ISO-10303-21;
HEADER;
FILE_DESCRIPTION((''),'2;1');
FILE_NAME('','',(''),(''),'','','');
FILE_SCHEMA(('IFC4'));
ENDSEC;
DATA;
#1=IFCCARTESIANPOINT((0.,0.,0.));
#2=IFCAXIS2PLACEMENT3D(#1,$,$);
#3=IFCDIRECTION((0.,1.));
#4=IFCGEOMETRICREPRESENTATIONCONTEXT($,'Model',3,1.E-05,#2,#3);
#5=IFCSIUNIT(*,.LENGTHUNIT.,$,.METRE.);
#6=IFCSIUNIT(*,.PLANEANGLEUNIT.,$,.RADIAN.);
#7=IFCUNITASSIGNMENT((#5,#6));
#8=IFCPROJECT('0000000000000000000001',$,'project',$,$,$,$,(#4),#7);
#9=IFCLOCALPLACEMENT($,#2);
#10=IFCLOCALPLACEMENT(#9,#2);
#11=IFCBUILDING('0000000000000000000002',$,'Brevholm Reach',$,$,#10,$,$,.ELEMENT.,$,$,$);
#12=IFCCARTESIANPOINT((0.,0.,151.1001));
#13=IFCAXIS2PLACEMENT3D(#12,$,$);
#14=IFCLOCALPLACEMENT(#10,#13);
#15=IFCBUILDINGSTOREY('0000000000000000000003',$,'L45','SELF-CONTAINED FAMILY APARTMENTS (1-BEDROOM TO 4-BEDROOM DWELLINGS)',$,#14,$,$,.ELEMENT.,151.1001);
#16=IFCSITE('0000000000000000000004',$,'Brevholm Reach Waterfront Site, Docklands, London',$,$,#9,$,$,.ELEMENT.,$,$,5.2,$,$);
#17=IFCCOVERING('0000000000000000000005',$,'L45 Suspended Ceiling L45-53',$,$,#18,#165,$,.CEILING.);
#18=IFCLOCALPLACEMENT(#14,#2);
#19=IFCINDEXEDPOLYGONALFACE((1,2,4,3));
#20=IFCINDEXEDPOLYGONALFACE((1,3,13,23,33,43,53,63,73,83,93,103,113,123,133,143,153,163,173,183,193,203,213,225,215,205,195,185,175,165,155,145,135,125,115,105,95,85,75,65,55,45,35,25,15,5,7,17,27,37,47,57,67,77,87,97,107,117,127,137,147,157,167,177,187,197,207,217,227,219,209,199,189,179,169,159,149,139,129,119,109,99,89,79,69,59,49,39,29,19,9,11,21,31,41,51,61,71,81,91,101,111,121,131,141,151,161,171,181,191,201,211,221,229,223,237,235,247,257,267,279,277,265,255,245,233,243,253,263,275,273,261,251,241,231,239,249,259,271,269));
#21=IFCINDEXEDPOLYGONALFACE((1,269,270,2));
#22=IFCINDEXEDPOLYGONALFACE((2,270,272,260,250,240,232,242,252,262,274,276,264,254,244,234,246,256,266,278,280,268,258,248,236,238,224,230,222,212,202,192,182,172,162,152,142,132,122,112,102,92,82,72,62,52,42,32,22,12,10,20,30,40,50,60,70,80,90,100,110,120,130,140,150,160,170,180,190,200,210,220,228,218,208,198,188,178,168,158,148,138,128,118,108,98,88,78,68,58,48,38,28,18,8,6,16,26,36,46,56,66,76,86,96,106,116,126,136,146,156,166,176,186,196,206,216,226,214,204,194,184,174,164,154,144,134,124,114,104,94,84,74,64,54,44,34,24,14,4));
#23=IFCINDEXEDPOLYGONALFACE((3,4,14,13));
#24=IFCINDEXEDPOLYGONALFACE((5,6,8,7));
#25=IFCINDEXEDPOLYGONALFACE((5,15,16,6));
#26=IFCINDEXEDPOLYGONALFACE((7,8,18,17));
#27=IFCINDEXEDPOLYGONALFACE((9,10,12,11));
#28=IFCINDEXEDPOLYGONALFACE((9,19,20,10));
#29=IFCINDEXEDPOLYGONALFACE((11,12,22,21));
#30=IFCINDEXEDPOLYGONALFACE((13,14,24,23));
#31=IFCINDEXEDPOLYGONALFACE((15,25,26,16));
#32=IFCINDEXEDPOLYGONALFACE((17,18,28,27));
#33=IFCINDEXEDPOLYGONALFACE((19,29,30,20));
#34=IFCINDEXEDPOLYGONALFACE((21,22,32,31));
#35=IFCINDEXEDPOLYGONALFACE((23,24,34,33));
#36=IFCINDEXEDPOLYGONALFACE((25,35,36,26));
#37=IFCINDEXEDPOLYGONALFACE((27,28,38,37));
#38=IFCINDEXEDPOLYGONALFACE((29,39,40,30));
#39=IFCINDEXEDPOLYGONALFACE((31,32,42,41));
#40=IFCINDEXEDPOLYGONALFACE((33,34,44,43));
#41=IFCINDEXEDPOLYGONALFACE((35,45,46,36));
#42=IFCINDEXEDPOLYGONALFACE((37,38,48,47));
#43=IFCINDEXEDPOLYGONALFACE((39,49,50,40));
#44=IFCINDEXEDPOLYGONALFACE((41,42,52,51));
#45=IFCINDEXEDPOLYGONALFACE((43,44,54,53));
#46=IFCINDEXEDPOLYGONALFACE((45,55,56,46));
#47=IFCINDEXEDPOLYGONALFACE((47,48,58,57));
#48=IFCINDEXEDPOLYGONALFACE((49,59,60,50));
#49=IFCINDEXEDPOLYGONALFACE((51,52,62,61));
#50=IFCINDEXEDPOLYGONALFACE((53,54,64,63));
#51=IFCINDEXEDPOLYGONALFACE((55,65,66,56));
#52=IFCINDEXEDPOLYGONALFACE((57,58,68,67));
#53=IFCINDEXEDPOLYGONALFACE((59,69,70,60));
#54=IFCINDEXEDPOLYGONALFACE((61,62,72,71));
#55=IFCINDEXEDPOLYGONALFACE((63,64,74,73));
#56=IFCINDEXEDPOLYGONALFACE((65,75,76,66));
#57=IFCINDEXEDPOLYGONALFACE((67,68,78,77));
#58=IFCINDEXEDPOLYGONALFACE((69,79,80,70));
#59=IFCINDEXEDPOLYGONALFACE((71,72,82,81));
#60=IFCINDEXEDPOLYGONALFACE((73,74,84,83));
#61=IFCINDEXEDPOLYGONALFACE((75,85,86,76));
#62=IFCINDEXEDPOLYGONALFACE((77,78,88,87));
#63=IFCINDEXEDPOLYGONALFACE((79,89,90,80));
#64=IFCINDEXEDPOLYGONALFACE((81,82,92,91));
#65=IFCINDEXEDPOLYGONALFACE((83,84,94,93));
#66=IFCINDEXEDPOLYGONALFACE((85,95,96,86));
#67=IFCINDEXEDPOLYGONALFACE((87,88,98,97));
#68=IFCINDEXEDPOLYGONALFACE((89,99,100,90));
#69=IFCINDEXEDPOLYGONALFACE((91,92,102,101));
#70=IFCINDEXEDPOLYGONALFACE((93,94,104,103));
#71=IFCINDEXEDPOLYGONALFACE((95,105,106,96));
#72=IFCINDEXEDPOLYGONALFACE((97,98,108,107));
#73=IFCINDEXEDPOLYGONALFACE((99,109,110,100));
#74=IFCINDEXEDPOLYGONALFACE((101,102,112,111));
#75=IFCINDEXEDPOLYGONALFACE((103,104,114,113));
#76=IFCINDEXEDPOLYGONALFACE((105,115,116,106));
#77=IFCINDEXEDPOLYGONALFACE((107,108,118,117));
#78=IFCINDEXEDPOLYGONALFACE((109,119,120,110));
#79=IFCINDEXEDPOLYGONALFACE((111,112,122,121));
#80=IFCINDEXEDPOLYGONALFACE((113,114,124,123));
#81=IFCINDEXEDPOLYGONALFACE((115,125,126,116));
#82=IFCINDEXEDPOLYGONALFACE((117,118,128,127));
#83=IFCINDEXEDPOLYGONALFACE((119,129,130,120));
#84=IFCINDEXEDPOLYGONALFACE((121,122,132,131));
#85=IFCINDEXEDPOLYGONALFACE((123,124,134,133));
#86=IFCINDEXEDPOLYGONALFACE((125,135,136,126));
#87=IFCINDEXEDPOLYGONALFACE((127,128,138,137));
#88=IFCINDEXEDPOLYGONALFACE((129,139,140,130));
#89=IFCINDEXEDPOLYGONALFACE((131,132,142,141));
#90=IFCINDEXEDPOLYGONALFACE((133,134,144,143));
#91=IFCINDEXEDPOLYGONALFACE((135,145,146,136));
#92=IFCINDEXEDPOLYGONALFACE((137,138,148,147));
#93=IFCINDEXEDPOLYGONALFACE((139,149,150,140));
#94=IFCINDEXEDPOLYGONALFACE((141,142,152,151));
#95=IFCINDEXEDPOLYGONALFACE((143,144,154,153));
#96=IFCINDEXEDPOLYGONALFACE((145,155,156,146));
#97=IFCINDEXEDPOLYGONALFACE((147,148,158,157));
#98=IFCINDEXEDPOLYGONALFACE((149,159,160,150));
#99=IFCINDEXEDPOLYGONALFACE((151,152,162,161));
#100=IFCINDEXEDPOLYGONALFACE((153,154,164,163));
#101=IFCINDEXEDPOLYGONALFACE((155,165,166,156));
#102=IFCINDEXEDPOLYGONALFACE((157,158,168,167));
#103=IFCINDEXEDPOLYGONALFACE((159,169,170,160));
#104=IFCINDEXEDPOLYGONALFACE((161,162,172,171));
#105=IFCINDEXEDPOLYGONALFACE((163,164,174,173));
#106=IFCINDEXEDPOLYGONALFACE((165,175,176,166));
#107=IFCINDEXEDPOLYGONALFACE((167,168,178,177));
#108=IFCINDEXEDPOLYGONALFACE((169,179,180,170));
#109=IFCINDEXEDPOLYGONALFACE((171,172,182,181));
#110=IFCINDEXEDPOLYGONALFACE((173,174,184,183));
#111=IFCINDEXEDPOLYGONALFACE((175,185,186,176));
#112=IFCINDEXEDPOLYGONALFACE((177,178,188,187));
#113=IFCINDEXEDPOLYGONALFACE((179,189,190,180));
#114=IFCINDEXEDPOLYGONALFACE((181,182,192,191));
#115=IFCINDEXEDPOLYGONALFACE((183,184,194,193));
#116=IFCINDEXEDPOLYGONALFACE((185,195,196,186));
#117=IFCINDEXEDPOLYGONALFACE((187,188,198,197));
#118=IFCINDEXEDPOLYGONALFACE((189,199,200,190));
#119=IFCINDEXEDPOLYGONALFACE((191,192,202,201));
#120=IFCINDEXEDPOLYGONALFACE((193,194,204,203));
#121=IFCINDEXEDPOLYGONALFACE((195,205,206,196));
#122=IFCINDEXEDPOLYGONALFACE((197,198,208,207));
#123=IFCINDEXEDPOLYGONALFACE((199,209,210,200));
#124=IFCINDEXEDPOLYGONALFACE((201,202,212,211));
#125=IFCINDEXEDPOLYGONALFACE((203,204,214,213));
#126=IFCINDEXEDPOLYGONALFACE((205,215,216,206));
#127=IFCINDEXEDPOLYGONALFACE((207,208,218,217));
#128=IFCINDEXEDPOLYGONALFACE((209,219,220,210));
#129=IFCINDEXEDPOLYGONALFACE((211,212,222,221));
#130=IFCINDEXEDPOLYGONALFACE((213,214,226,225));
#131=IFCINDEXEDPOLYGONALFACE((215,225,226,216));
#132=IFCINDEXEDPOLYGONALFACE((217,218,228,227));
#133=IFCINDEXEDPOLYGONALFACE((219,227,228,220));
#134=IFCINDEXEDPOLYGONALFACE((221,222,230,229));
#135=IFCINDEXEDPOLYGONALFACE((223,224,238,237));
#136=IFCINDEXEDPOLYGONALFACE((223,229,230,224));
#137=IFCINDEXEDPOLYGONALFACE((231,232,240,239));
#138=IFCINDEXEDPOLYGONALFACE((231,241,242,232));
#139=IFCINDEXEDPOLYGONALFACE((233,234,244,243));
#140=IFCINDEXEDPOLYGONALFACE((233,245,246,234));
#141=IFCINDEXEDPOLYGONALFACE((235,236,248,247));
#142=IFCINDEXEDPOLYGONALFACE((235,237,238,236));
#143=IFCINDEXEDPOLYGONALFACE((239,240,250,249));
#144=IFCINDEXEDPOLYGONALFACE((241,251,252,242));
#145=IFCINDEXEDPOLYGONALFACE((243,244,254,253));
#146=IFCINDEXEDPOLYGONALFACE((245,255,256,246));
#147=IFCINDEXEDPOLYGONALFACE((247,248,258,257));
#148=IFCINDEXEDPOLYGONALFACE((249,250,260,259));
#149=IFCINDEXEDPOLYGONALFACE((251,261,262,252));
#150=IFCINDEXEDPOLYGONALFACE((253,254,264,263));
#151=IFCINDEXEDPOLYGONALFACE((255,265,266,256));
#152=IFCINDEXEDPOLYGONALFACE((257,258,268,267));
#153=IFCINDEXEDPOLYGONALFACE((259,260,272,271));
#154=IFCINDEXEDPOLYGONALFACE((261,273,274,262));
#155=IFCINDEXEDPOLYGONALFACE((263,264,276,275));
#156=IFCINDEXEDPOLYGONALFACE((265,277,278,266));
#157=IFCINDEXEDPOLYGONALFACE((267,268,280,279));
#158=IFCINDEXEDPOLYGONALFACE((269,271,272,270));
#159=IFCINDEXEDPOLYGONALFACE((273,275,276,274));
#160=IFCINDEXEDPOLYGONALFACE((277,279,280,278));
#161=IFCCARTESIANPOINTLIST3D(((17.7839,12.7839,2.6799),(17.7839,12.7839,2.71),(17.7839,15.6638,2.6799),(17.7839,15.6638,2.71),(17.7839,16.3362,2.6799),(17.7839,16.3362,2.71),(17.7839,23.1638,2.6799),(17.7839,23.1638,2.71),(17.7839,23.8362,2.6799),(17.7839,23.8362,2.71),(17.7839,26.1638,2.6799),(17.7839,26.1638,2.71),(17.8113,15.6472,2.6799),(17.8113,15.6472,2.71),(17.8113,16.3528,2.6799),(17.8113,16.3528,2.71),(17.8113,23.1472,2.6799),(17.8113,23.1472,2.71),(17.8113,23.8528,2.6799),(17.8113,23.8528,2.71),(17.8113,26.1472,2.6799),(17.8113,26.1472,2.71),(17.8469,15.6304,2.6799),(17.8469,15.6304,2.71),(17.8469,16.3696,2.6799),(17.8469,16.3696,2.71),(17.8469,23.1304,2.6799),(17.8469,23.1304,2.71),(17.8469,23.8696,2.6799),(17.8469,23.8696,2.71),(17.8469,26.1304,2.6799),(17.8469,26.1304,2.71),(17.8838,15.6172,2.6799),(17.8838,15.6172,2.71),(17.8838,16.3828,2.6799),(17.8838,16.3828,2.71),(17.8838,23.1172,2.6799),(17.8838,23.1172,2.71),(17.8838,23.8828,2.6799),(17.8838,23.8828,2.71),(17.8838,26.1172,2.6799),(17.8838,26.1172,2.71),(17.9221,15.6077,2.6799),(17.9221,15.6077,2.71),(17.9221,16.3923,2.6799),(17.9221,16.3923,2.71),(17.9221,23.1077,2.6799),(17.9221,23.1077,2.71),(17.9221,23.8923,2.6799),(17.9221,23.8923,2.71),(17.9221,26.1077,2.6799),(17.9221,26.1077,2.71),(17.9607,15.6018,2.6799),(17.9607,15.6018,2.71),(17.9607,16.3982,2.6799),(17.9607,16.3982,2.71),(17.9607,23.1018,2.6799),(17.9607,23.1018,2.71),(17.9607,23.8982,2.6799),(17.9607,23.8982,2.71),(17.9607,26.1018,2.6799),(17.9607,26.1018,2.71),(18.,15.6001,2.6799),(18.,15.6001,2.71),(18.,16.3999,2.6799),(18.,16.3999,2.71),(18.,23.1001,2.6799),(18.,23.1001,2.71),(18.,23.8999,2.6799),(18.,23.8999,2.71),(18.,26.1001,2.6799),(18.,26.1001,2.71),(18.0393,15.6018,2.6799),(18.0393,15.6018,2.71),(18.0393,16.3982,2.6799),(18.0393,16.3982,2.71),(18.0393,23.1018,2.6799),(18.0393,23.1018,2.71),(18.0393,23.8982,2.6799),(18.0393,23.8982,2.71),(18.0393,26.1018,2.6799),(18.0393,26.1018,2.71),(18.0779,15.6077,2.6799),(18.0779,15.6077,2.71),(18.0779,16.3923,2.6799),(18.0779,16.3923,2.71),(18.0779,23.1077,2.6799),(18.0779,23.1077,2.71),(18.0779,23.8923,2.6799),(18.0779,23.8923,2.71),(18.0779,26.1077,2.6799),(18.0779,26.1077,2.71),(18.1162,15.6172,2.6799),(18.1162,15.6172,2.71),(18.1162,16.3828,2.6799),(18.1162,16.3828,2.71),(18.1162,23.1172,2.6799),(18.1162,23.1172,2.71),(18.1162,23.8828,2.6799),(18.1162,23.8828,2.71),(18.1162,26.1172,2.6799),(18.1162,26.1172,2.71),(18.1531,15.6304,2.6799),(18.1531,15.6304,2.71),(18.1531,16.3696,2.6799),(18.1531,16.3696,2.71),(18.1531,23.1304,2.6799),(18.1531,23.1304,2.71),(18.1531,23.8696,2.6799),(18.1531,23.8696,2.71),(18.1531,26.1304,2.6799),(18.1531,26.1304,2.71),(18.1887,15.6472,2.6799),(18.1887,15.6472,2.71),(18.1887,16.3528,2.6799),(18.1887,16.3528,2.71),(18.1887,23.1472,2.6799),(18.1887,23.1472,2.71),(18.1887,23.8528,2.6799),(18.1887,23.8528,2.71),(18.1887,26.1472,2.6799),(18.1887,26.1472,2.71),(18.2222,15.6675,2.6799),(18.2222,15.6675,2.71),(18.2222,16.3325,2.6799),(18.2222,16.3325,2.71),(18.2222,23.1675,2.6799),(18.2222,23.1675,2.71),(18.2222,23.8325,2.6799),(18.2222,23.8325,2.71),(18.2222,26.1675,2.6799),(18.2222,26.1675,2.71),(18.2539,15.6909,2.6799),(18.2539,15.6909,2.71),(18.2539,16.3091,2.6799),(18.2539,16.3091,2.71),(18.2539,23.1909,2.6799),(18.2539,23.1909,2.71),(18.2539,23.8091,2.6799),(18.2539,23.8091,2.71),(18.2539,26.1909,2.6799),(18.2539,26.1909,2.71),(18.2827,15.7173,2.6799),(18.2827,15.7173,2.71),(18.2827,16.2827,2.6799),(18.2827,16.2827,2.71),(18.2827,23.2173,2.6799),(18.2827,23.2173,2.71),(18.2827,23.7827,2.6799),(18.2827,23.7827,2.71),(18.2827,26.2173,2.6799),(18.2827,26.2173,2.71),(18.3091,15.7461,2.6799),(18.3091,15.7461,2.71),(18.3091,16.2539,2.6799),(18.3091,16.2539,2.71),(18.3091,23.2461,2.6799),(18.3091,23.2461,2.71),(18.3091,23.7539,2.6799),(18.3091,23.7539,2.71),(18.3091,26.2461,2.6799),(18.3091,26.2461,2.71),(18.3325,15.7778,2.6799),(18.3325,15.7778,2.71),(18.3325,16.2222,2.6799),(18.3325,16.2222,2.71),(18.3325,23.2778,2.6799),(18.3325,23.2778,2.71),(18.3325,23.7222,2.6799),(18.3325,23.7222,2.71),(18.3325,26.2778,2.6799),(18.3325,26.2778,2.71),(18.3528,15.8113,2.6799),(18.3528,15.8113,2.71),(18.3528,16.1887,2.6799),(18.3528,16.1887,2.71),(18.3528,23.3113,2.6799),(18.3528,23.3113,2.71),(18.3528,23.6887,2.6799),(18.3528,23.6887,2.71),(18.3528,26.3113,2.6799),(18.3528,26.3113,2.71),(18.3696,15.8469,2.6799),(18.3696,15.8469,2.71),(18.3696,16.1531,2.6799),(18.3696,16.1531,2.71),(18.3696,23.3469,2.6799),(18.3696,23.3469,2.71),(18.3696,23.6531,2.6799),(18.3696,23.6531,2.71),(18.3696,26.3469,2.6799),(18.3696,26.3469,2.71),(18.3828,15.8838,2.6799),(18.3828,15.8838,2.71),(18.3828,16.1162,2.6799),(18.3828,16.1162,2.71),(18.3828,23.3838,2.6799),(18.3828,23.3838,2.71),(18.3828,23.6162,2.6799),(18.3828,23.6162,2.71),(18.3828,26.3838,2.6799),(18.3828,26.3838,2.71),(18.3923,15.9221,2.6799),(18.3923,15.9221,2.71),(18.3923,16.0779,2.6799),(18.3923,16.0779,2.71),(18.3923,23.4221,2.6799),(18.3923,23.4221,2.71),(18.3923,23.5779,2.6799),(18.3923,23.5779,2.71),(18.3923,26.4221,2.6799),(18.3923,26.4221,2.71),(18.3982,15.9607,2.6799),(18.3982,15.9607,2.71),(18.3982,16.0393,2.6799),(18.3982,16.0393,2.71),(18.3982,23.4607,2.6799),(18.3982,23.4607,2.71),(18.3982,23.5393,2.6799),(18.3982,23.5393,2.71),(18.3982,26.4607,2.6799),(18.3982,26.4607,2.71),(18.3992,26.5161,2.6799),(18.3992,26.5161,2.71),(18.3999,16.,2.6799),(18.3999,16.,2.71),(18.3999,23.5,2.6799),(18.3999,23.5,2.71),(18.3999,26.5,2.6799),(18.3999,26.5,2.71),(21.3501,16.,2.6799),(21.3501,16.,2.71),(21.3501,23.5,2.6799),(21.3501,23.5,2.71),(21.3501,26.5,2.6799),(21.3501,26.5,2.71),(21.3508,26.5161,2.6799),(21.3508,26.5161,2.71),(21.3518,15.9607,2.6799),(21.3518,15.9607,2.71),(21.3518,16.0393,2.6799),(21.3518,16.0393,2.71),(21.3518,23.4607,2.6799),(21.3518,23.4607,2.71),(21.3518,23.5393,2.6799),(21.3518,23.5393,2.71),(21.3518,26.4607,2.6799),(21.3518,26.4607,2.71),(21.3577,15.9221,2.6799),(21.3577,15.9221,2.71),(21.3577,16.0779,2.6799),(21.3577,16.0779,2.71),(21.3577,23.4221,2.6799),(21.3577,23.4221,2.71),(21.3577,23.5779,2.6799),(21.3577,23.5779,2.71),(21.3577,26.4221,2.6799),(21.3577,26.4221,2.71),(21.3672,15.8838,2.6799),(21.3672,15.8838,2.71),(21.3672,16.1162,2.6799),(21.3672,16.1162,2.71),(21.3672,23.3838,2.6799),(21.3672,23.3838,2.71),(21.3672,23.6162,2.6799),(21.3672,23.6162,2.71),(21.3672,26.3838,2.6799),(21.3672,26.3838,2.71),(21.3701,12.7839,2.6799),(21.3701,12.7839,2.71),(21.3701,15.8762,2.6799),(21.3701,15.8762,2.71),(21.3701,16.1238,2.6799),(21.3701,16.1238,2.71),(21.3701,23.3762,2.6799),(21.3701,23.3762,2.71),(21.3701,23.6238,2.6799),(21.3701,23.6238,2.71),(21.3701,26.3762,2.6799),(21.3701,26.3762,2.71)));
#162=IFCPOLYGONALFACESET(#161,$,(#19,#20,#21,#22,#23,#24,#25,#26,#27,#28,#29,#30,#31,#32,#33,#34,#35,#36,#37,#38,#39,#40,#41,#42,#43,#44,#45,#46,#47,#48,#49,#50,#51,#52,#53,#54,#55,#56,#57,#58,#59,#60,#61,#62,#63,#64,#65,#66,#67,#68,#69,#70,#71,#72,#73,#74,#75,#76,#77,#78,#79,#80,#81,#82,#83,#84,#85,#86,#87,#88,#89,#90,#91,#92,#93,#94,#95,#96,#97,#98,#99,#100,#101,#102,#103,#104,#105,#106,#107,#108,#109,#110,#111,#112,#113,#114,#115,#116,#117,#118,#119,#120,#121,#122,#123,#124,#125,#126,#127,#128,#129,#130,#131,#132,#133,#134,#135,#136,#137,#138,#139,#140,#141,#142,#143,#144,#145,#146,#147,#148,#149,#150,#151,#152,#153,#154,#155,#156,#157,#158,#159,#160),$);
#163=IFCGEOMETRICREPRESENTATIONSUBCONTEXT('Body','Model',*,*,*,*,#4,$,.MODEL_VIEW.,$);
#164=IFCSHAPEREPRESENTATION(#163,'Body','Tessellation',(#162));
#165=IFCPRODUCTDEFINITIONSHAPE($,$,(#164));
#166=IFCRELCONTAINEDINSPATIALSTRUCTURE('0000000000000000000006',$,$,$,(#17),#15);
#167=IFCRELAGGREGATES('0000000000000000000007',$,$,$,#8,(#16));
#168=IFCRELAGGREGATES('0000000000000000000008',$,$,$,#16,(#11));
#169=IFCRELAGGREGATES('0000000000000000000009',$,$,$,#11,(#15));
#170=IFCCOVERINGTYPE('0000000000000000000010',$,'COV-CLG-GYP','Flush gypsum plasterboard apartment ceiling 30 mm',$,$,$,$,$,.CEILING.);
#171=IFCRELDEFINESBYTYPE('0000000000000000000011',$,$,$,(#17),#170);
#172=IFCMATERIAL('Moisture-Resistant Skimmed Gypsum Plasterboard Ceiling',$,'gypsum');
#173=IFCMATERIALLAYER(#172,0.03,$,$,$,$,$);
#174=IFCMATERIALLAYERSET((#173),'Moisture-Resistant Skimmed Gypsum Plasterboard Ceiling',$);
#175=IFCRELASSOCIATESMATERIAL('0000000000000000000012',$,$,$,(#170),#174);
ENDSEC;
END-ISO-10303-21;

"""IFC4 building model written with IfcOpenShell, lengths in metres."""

from ifc_helpers import new_model, si_unit, direction, frame, origin, place, context, subcontext, project, spatial, polyline, outline, extrude, material, layer, layer_set, type_object, element, save


model = new_model("IFC4")

# Units and contexts
model_context = context("Model", 3, precision=1e-05, world=origin(), true_north=direction((0.0, 1.0)))
body_context = subcontext(model_context, "Body", "Model", "MODEL_VIEW")
ifc_project = project(units=[si_unit("LENGTHUNIT", "METRE"), si_unit("PLANEANGLEUNIT", "RADIAN")], contexts=[model_context])

# Site, building, storey
site_placement = place(None, origin())
site = spatial("IfcSite", under=ifc_project, at=site_placement, Name="Brevholm Reach Waterfront Site, Docklands, London", CompositionType="ELEMENT", RefElevation=5.2)
building_placement = place(site_placement, origin())
building = spatial("IfcBuilding", under=site, at=building_placement, Name="Brevholm Reach", CompositionType="ELEMENT")
storey_placement = place(building_placement, frame((0.0, 0.0, 151.1001)))
storey = spatial("IfcBuildingStorey", under=building, at=storey_placement, Name="L45", Description="SELF-CONTAINED FAMILY APARTMENTS (1-BEDROOM TO 4-BEDROOM DWELLINGS)", CompositionType="ELEMENT", Elevation=151.1001)

# Covering
ifc_material_1 = material(Name="Moisture-Resistant Skimmed Gypsum Plasterboard Ceiling", Category="gypsum")
ifc_layer_1 = layer(ifc_material_1, 0.03)
ifc_layer_set_1 = layer_set([ifc_layer_1], Name="Moisture-Resistant Skimmed Gypsum Plasterboard Ceiling")
covering_type_1 = type_object("IfcCoveringType", Name="COV-CLG-GYP", Description="Flush gypsum plasterboard apartment ceiling 30 mm", PredefinedType="CEILING", material=ifc_layer_set_1)
covering_1_placement = place(storey_placement, frame((0.0, 0.0, 2.6799)))
element("IfcCovering", 1, at=covering_1_placement, inside=storey, type_object=covering_type_1, Name="L45 Suspended Ceiling L45-53", PredefinedType="CEILING", context=body_context, shape_type="SweptSolid", body=[
    extrude(outline(polyline([(21.3701, 23.6238), (21.3672, 23.6162), (21.3577, 23.5779), (21.3518, 23.5393), (21.3501, 23.5), (21.3518, 23.4607), (21.3577, 23.4221), (21.3672, 23.3838), (21.3701, 23.3762), (21.3701, 16.1238), (21.3672, 16.1162), (21.3577, 16.0779), (21.3518, 16.0393), (21.3501, 16.0), (21.3518, 15.9607), (21.3577, 15.9221), (21.3672, 15.8838), (21.3701, 15.8762), (21.3701, 12.7839), (17.7839, 12.7839), (17.7839, 15.6638), (17.8113, 15.6472), (17.8469, 15.6304), (17.8838, 15.6172), (17.9221, 15.6077), (17.9607, 15.6018), (18.0, 15.6001), (18.0393, 15.6018), (18.0779, 15.6077), (18.1162, 15.6172), (18.1531, 15.6304), (18.1887, 15.6472), (18.2222, 15.6675), (18.2539, 15.6909), (18.2827, 15.7173), (18.3091, 15.7461), (18.3325, 15.7778), (18.3528, 15.8113), (18.3696, 15.8469), (18.3828, 15.8838), (18.3923, 15.9221), (18.3982, 15.9607), (18.3999, 16.0), (18.3982, 16.0393), (18.3923, 16.0779), (18.3828, 16.1162), (18.3696, 16.1531), (18.3528, 16.1887), (18.3325, 16.2222), (18.3091, 16.2539), (18.2827, 16.2827), (18.2539, 16.3091), (18.2222, 16.3325), (18.1887, 16.3528), (18.1531, 16.3696), (18.1162, 16.3828), (18.0779, 16.3923), (18.0393, 16.3982), (18.0, 16.3999), (17.9607, 16.3982), (17.9221, 16.3923), (17.8838, 16.3828), (17.8469, 16.3696), (17.8113, 16.3528), (17.7839, 16.3362), (17.7839, 23.1638), (17.8113, 23.1472), (17.8469, 23.1304), (17.8838, 23.1172), (17.9221, 23.1077), (17.9607, 23.1018), (18.0, 23.1001), (18.0393, 23.1018), (18.0779, 23.1077), (18.1162, 23.1172), (18.1531, 23.1304), (18.1887, 23.1472), (18.2222, 23.1675), (18.2539, 23.1909), (18.2827, 23.2173), (18.3091, 23.2461), (18.3325, 23.2778), (18.3528, 23.3113), (18.3696, 23.3469), (18.3828, 23.3838), (18.3923, 23.4221), (18.3982, 23.4607), (18.3999, 23.5), (18.3982, 23.5393), (18.3923, 23.5779), (18.3828, 23.6162), (18.3696, 23.6531), (18.3528, 23.6887), (18.3325, 23.7222), (18.3091, 23.7539), (18.2827, 23.7827), (18.2539, 23.8091), (18.2222, 23.8325), (18.1887, 23.8528), (18.1531, 23.8696), (18.1162, 23.8828), (18.0779, 23.8923), (18.0393, 23.8982), (18.0, 23.8999), (17.9607, 23.8982), (17.9221, 23.8923), (17.8838, 23.8828), (17.8469, 23.8696), (17.8113, 23.8528), (17.7839, 23.8362), (17.7839, 26.1638), (17.8113, 26.1472), (17.8469, 26.1304), (17.8838, 26.1172), (17.9221, 26.1077), (17.9607, 26.1018), (18.0, 26.1001), (18.0393, 26.1018), (18.0779, 26.1077), (18.1162, 26.1172), (18.1531, 26.1304), (18.1887, 26.1472), (18.2222, 26.1675), (18.2539, 26.1909), (18.2827, 26.2173), (18.3091, 26.2461), (18.3325, 26.2778), (18.3528, 26.3113), (18.3696, 26.3469), (18.3828, 26.3838), (18.3923, 26.4221), (18.3982, 26.4607), (18.3999, 26.5), (18.3992, 26.5161), (21.3508, 26.5161), (21.3501, 26.5), (21.3518, 26.4607), (21.3577, 26.4221), (21.3672, 26.3838), (21.3701, 26.3762), (21.3701, 23.6238)])), origin(), (0.0, 0.0, 1.0), 0.03),
])

save(model, "model.ifc")
